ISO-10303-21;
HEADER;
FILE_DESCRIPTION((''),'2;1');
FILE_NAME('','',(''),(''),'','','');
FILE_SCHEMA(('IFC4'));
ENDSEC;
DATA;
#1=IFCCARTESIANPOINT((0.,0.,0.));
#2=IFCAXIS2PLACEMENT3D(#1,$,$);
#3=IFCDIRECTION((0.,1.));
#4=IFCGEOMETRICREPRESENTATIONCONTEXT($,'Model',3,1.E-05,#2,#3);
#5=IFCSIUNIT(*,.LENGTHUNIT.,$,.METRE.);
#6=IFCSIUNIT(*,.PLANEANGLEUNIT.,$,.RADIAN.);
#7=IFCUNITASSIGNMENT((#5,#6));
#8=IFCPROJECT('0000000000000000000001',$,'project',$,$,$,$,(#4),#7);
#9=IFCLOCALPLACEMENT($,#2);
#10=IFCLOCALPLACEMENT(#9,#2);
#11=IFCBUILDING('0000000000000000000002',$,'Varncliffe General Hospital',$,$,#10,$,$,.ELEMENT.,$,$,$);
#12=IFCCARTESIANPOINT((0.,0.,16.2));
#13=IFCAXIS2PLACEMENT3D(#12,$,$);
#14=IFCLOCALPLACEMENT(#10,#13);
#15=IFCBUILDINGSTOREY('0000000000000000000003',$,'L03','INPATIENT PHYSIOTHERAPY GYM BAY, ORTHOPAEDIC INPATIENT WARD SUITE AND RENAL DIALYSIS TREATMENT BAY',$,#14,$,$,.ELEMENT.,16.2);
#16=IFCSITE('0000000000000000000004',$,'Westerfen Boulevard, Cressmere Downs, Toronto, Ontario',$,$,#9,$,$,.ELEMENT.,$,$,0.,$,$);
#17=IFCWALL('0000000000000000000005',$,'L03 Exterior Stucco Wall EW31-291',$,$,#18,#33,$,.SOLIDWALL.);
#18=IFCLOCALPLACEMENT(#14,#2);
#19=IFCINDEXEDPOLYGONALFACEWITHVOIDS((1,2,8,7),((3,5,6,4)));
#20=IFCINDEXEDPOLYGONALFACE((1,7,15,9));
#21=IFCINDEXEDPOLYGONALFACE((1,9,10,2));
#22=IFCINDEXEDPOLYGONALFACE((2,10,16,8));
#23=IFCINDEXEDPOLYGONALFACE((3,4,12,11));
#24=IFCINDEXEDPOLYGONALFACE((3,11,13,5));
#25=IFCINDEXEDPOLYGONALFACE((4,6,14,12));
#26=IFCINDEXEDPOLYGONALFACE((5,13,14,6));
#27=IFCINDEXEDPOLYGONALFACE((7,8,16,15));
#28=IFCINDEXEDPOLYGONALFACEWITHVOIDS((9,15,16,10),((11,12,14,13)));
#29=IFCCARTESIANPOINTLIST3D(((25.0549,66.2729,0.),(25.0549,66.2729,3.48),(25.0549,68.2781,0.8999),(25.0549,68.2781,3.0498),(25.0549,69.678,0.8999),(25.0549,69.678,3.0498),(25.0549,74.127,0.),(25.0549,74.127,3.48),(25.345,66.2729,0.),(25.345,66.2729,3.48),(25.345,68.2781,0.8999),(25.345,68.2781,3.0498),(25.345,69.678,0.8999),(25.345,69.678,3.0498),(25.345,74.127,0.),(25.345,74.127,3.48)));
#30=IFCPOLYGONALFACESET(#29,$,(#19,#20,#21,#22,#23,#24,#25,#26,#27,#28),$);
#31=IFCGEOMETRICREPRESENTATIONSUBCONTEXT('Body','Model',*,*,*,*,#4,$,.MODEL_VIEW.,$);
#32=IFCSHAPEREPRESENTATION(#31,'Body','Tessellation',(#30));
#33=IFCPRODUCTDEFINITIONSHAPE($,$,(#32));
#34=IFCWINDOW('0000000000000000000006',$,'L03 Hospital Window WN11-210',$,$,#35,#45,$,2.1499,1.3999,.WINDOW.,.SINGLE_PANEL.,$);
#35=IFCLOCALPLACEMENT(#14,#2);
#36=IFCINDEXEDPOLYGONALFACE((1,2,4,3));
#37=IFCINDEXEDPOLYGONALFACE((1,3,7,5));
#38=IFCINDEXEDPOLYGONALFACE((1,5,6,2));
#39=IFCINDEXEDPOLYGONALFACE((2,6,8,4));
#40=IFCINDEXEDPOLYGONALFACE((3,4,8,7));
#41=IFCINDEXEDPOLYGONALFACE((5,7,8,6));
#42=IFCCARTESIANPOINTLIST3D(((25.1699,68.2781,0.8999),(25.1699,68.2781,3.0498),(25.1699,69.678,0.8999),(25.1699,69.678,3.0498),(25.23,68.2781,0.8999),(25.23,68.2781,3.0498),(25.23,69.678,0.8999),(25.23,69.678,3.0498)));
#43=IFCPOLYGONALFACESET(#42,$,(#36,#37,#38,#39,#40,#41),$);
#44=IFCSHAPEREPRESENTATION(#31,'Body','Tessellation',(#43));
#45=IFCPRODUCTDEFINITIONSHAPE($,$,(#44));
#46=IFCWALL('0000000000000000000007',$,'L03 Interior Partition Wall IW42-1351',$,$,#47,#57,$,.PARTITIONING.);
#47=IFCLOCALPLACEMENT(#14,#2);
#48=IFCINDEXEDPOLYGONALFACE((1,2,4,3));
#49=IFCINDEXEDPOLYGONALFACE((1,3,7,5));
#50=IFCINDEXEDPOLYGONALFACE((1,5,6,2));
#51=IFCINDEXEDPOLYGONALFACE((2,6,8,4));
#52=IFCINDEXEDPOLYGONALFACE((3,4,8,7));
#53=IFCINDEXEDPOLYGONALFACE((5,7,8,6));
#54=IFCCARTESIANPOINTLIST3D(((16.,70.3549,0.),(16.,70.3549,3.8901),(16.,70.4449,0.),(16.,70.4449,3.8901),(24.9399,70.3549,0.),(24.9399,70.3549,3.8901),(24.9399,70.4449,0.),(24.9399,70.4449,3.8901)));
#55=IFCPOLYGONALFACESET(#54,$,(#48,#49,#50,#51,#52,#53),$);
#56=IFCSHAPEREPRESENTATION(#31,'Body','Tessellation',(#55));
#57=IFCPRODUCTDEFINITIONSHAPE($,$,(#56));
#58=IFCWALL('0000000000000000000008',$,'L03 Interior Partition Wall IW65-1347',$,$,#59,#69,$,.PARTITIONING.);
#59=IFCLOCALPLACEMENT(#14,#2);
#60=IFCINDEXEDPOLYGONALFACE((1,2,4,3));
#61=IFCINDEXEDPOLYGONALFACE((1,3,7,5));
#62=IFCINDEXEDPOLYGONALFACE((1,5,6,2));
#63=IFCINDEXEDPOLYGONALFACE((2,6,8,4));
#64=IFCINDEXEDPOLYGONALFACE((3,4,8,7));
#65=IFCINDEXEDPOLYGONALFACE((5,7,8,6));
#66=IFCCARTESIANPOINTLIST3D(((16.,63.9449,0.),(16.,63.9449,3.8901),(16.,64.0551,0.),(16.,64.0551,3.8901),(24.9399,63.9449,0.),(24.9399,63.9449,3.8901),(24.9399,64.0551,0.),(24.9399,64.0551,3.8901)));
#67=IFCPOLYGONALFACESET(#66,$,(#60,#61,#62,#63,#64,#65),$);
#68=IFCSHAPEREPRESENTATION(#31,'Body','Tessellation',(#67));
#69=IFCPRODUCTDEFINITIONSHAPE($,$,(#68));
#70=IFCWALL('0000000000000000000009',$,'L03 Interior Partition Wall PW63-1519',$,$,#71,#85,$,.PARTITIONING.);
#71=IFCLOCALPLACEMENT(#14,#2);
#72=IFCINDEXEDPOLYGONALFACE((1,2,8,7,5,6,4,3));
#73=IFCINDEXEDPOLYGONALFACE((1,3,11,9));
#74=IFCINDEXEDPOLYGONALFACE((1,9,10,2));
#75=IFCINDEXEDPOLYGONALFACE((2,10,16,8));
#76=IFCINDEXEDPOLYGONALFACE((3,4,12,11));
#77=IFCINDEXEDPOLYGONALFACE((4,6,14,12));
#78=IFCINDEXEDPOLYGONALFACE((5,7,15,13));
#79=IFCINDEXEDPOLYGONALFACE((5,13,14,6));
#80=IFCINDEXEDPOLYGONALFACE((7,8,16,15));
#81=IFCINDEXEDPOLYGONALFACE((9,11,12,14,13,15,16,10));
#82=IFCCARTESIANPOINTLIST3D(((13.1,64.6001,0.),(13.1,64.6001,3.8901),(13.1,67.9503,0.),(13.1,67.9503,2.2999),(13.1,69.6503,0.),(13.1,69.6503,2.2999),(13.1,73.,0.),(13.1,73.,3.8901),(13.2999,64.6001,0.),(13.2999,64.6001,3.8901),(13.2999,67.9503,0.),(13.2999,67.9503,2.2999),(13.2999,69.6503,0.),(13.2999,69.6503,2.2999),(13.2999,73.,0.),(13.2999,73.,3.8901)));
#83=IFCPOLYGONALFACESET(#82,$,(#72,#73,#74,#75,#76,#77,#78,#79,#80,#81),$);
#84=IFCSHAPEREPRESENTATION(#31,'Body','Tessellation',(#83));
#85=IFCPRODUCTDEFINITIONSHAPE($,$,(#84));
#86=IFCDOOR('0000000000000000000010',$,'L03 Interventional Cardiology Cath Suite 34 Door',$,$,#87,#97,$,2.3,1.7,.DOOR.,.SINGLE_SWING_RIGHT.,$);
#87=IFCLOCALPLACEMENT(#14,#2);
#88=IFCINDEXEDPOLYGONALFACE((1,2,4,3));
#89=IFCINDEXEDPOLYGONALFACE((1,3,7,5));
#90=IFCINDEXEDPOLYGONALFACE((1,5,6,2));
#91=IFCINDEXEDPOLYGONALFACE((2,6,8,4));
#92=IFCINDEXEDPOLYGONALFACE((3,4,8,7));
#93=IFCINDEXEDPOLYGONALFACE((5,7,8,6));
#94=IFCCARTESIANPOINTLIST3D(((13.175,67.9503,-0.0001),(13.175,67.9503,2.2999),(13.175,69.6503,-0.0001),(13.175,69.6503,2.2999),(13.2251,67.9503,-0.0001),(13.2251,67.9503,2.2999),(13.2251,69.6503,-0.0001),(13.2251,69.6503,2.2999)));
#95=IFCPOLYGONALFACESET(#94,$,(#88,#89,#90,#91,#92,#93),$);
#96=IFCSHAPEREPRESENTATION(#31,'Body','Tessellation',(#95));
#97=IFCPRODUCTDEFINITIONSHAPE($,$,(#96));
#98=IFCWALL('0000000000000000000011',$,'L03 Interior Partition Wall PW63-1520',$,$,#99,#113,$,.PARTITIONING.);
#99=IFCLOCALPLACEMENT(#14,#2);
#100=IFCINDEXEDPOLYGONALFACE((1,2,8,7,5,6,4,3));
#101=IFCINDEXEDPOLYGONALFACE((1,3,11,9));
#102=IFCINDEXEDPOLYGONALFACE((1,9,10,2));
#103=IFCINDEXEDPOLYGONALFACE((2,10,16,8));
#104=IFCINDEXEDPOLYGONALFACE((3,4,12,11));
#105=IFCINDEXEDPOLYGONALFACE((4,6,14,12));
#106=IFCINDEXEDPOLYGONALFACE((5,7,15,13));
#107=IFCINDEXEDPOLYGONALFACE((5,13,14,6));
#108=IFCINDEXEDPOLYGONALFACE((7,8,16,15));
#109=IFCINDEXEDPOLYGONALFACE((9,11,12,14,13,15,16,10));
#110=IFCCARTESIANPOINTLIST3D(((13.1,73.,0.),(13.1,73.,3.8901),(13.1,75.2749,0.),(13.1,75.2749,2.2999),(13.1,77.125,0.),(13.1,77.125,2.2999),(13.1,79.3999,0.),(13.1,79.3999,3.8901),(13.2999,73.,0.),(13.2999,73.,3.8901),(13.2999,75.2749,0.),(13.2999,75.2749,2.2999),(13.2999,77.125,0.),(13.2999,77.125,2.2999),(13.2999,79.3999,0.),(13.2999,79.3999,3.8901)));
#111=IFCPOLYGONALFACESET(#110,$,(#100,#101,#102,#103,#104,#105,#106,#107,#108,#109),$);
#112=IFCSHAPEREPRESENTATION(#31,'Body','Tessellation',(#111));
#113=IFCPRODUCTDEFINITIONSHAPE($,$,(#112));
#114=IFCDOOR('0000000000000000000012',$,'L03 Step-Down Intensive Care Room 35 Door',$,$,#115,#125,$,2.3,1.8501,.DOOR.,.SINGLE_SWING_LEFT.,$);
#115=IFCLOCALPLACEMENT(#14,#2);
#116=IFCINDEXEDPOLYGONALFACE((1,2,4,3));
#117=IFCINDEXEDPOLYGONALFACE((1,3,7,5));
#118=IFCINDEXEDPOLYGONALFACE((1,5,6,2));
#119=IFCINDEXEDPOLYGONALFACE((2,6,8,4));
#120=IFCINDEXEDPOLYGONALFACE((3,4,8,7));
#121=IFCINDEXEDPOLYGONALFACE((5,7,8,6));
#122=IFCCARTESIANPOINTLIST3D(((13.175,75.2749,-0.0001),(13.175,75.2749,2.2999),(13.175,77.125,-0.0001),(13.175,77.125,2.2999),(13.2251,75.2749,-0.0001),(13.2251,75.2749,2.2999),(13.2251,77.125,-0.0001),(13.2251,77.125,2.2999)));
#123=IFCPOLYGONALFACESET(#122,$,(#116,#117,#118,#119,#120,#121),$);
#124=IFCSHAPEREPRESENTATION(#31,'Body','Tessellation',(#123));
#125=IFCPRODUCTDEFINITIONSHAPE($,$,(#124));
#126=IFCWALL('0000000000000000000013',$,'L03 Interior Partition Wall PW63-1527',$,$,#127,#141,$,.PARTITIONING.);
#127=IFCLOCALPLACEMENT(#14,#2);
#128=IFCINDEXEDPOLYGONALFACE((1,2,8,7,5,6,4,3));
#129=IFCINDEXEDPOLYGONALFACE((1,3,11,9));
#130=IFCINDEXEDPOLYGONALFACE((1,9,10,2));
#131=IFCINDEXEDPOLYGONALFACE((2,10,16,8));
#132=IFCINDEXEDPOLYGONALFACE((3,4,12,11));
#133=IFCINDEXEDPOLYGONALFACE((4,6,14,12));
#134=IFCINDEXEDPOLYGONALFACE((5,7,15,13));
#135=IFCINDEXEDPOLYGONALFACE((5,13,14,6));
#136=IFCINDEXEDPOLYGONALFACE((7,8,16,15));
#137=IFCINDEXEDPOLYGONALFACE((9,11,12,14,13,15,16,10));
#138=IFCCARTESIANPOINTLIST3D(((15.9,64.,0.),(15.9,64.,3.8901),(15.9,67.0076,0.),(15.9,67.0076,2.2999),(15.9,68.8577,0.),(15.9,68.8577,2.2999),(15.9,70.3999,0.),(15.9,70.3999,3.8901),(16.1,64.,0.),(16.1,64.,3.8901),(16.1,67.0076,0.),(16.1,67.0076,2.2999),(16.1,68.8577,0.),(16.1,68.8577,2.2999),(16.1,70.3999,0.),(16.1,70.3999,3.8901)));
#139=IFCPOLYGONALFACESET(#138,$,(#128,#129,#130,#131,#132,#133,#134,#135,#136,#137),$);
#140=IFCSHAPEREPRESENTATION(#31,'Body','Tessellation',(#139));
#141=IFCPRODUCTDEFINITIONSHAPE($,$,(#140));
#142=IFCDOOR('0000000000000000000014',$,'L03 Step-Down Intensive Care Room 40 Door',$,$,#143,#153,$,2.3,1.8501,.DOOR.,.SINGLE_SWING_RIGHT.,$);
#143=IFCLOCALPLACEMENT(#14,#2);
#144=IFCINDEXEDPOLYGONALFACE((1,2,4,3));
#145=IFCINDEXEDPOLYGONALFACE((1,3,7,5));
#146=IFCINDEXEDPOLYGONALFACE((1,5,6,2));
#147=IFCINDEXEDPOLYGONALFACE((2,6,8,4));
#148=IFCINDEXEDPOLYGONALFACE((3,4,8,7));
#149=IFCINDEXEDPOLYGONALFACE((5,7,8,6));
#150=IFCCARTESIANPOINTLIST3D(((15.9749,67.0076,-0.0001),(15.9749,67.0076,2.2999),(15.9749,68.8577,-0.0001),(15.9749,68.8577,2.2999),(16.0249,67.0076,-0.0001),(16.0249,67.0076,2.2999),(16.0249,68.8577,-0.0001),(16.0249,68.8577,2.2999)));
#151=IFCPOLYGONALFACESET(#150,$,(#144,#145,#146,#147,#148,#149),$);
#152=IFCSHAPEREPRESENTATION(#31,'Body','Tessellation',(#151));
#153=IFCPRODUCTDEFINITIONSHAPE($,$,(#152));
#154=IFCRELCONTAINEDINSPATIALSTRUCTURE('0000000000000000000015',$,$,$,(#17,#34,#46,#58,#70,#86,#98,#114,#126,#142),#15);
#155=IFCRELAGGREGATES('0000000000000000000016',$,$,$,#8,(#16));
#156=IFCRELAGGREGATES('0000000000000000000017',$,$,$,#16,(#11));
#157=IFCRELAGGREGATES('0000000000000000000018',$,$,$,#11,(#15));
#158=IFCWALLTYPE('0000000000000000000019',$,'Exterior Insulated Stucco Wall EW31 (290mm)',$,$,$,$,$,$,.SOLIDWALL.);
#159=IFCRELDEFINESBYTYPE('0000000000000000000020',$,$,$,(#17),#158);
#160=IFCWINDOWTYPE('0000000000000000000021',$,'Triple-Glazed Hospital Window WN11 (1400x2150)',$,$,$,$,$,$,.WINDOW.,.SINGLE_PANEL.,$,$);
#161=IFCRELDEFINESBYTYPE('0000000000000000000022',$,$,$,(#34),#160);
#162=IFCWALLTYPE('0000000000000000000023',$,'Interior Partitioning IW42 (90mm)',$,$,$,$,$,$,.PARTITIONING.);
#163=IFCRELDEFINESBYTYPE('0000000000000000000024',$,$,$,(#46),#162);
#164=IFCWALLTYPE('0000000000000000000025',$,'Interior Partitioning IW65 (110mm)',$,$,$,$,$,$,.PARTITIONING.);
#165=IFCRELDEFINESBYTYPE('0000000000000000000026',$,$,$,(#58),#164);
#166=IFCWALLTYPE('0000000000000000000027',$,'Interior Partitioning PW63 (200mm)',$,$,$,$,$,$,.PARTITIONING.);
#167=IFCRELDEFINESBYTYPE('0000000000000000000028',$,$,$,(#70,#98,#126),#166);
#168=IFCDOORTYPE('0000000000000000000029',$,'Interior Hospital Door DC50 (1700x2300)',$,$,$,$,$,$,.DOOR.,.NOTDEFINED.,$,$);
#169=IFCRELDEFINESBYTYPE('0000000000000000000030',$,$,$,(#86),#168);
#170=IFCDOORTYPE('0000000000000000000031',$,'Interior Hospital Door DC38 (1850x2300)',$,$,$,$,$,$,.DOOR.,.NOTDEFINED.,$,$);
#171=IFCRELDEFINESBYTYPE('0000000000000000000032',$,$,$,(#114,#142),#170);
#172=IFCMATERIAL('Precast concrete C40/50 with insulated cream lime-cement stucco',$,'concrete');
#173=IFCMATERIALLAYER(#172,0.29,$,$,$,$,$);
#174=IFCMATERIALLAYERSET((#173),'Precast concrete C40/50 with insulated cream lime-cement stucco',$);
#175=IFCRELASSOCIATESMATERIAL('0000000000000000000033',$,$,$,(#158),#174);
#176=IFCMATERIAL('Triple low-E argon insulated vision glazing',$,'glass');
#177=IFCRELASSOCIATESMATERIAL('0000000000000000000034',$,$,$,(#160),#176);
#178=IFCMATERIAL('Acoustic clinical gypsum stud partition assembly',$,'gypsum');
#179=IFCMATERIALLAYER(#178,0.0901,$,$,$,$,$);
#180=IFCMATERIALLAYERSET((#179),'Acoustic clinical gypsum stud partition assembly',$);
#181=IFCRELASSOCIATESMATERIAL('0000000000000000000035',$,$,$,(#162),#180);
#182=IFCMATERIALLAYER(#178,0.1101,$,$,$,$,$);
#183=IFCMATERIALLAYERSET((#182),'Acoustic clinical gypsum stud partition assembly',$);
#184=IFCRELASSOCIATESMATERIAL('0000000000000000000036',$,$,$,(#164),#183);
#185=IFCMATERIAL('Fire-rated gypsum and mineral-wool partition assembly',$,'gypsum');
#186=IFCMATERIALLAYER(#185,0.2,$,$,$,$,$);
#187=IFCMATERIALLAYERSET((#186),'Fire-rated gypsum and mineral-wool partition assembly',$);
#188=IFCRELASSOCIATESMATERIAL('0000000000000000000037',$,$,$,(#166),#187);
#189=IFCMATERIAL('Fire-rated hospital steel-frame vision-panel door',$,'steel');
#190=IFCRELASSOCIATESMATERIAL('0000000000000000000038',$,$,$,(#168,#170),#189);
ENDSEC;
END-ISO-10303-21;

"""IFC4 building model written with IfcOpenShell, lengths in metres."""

from ifc_helpers import new_model, si_unit, direction, frame, frame_2d, origin, place, context, subcontext, project, spatial, rectangle, extrude, material, layer, layer_set, type_object, element, fill, save


model = new_model("IFC4")

# Units and contexts
model_context = context("Model", 3, precision=1e-05, world=origin(), true_north=direction((0.0, 1.0)))
body_context = subcontext(model_context, "Body", "Model", "MODEL_VIEW")
ifc_project = project(units=[si_unit("LENGTHUNIT", "METRE"), si_unit("PLANEANGLEUNIT", "RADIAN")], contexts=[model_context])

# Site, building, storey
site_placement = place(None, origin())
site = spatial("IfcSite", under=ifc_project, at=site_placement, Name="Westerfen Boulevard, Cressmere Downs, Toronto, Ontario", CompositionType="ELEMENT", RefElevation=0.0)
building_placement = place(site_placement, origin())
building = spatial("IfcBuilding", under=site, at=building_placement, Name="Varncliffe General Hospital", CompositionType="ELEMENT")
storey_placement = place(building_placement, frame((0.0, 0.0, 16.2)))
storey = spatial("IfcBuildingStorey", under=building, at=storey_placement, Name="L03", Description="INPATIENT PHYSIOTHERAPY GYM BAY, ORTHOPAEDIC INPATIENT WARD SUITE AND RENAL DIALYSIS TREATMENT BAY", CompositionType="ELEMENT", Elevation=16.2)

# Wall, opening, window
ifc_material_1 = material(Name="Precast concrete C40/50 with insulated cream lime-cement stucco", Category="concrete")
ifc_material_2 = material(Name="Triple low-E argon insulated vision glazing", Category="glass")
ifc_layer_1 = layer(ifc_material_1, 0.29)
ifc_layer_set_1 = layer_set([ifc_layer_1], Name="Precast concrete C40/50 with insulated cream lime-cement stucco")
wall_type_1 = type_object("IfcWallType", Name="Exterior Insulated Stucco Wall EW31 (290mm)", PredefinedType="SOLIDWALL", material=ifc_layer_set_1)
wall_1_placement = place(storey_placement, frame((25.2, 74.127, 0.0), z_axis=(0.0, 0.0, 1.0), x_axis=(0.0, -1.0, 0.0)))
wall_1 = element("IfcWall", 1, at=wall_1_placement, inside=storey, type_object=wall_type_1, Name="L03 Exterior Stucco Wall EW31-291", PredefinedType="SOLIDWALL", context=body_context, shape_type="SweptSolid", body=[
    extrude(rectangle(XDim=7.854, YDim=0.29, at=frame_2d((3.927, 0.0))), origin(), (0.0, 0.0, 1.0), 3.48),
])
opening_1_placement = place(wall_1_placement, frame((4.449, 0.0, 0.8999)))
opening_1 = element("IfcOpeningElement", 2, at=opening_1_placement, cuts=wall_1, PredefinedType="OPENING", context=body_context, shape_type="SweptSolid", body=[
    extrude(rectangle(XDim=1.3999, YDim=2.1499, at=frame_2d((0.7, 1.075))), frame((0.0, 0.155, 0.0), z_axis=(0.0, -1.0, 0.0), x_axis=(1.0, 0.0, 0.0)), (0.0, 0.0, 1.0), 0.3101),
])
window_type_1 = type_object("IfcWindowType", Name="Triple-Glazed Hospital Window WN11 (1400x2150)", PartitioningType="SINGLE_PANEL", PredefinedType="WINDOW", material=ifc_material_2)
window_1_placement = place(opening_1_placement, origin())
window_1 = element("IfcWindow", 3, at=window_1_placement, inside=storey, type_object=window_type_1, Name="L03 Hospital Window WN11-210", OverallHeight=2.1499, OverallWidth=1.3999, PartitioningType="SINGLE_PANEL", PredefinedType="WINDOW", context=body_context, shape_type="SweptSolid", body=[
    extrude(rectangle(XDim=1.3999, YDim=2.1499, at=frame_2d((0.7, 1.075))), frame((0.0, 0.03, 0.0), z_axis=(0.0, -1.0, 0.0), x_axis=(1.0, 0.0, 0.0)), (0.0, 0.0, 1.0), 0.0601),
])
fill(opening_1, window_1)

# Walls
ifc_material_3 = material(Name="Acoustic clinical gypsum stud partition assembly", Category="gypsum")
ifc_layer_2 = layer(ifc_material_3, 0.0901)
ifc_layer_set_2 = layer_set([ifc_layer_2], Name="Acoustic clinical gypsum stud partition assembly")
wall_type_2 = type_object("IfcWallType", Name="Interior Partitioning IW42 (90mm)", PredefinedType="PARTITIONING", material=ifc_layer_set_2)
wall_2_placement = place(storey_placement, frame((16.0, 70.3999, 0.0), z_axis=(0.0, 0.0, 1.0), x_axis=(1.0, 0.0, 0.0)))
element("IfcWall", 4, at=wall_2_placement, inside=storey, type_object=wall_type_2, Name="L03 Interior Partition Wall IW42-1351", PredefinedType="PARTITIONING", context=body_context, shape_type="SweptSolid", body=[
    extrude(rectangle(XDim=8.9399, YDim=0.0901, at=frame_2d((4.47, 0.0))), origin(), (0.0, 0.0, 1.0), 3.8901),
])
ifc_layer_3 = layer(ifc_material_3, 0.1101)
ifc_layer_set_3 = layer_set([ifc_layer_3], Name="Acoustic clinical gypsum stud partition assembly")
wall_type_3 = type_object("IfcWallType", Name="Interior Partitioning IW65 (110mm)", PredefinedType="PARTITIONING", material=ifc_layer_set_3)
wall_3_placement = place(storey_placement, frame((16.0, 64.0, 0.0), z_axis=(0.0, 0.0, 1.0), x_axis=(1.0, 0.0, 0.0)))
element("IfcWall", 5, at=wall_3_placement, inside=storey, type_object=wall_type_3, Name="L03 Interior Partition Wall IW65-1347", PredefinedType="PARTITIONING", context=body_context, shape_type="SweptSolid", body=[
    extrude(rectangle(XDim=8.9399, YDim=0.1101, at=frame_2d((4.47, 0.0))), origin(), (0.0, 0.0, 1.0), 3.8901),
])

# Walls, openings, doors
ifc_material_4 = material(Name="Fire-rated gypsum and mineral-wool partition assembly", Category="gypsum")
ifc_layer_4 = layer(ifc_material_4, 0.2)
ifc_layer_set_4 = layer_set([ifc_layer_4], Name="Fire-rated gypsum and mineral-wool partition assembly")
wall_type_4 = type_object("IfcWallType", Name="Interior Partitioning PW63 (200mm)", PredefinedType="PARTITIONING", material=ifc_layer_set_4)
wall_4_placement = place(storey_placement, frame((13.2, 64.6001, 0.0), z_axis=(0.0, 0.0, 1.0), x_axis=(0.0, 1.0, 0.0)))
wall_4 = element("IfcWall", 6, at=wall_4_placement, inside=storey, type_object=wall_type_4, Name="L03 Interior Partition Wall PW63-1519", PredefinedType="PARTITIONING", context=body_context, shape_type="SweptSolid", body=[
    extrude(rectangle(XDim=8.3999, YDim=0.2, at=frame_2d((4.2, 0.0))), origin(), (0.0, 0.0, 1.0), 3.8901),
])
opening_2_placement = place(wall_4_placement, frame((3.3501, 0.0, 0.0)))
opening_2 = element("IfcOpeningElement", 7, at=opening_2_placement, cuts=wall_4, PredefinedType="OPENING", context=body_context, shape_type="SweptSolid", body=[
    extrude(rectangle(XDim=1.7, YDim=2.3, at=frame_2d((0.8501, 1.1499))), frame((0.0, 0.1099, 0.0), z_axis=(0.0, -1.0, 0.0), x_axis=(1.0, 0.0, 0.0)), (0.0, 0.0, 1.0), 0.22),
])
ifc_material_5 = material(Name="Fire-rated hospital steel-frame vision-panel door", Category="steel")
door_type_1 = type_object("IfcDoorType", Name="Interior Hospital Door DC50 (1700x2300)", OperationType="NOTDEFINED", PredefinedType="DOOR", material=ifc_material_5)
door_1_placement = place(opening_2_placement, origin())
door_1 = element("IfcDoor", 8, at=door_1_placement, inside=storey, type_object=door_type_1, Name="L03 Interventional Cardiology Cath Suite 34 Door", OperationType="SINGLE_SWING_RIGHT", OverallHeight=2.3, OverallWidth=1.7, PredefinedType="DOOR", context=body_context, shape_type="SweptSolid", body=[
    extrude(rectangle(XDim=1.7, YDim=2.3, at=frame_2d((0.8501, 1.1499))), frame((0.0, 0.0249, 0.0), z_axis=(0.0, -1.0, 0.0), x_axis=(1.0, 0.0, 0.0)), (0.0, 0.0, 1.0), 0.05),
])
fill(opening_2, door_1)
wall_5_placement = place(storey_placement, frame((13.2, 73.0, 0.0), z_axis=(0.0, 0.0, 1.0), x_axis=(0.0, 1.0, 0.0)))
wall_5 = element("IfcWall", 9, at=wall_5_placement, inside=storey, type_object=wall_type_4, Name="L03 Interior Partition Wall PW63-1520", PredefinedType="PARTITIONING", context=body_context, shape_type="SweptSolid", body=[
    extrude(rectangle(XDim=6.3999, YDim=0.2, at=frame_2d((3.2, 0.0))), origin(), (0.0, 0.0, 1.0), 3.8901),
])
opening_3_placement = place(wall_5_placement, frame((2.2749, 0.0, 0.0)))
opening_3 = element("IfcOpeningElement", 10, at=opening_3_placement, cuts=wall_5, PredefinedType="OPENING", context=body_context, shape_type="SweptSolid", body=[
    extrude(rectangle(XDim=1.8501, YDim=2.3, at=frame_2d((0.925, 1.1499))), frame((0.0, 0.1099, 0.0), z_axis=(0.0, -1.0, 0.0), x_axis=(1.0, 0.0, 0.0)), (0.0, 0.0, 1.0), 0.22),
])
door_type_2 = type_object("IfcDoorType", Name="Interior Hospital Door DC38 (1850x2300)", OperationType="NOTDEFINED", PredefinedType="DOOR", material=ifc_material_5)
door_2_placement = place(opening_3_placement, origin())
door_2 = element("IfcDoor", 11, at=door_2_placement, inside=storey, type_object=door_type_2, Name="L03 Step-Down Intensive Care Room 35 Door", OperationType="SINGLE_SWING_LEFT", OverallHeight=2.3, OverallWidth=1.8501, PredefinedType="DOOR", context=body_context, shape_type="SweptSolid", body=[
    extrude(rectangle(XDim=1.8501, YDim=2.3, at=frame_2d((0.925, 1.1499))), frame((0.0, 0.0249, 0.0), z_axis=(0.0, -1.0, 0.0), x_axis=(1.0, 0.0, 0.0)), (0.0, 0.0, 1.0), 0.05),
])
fill(opening_3, door_2)
wall_6_placement = place(storey_placement, frame((16.0, 64.0, 0.0), z_axis=(0.0, 0.0, 1.0), x_axis=(0.0, 1.0, 0.0)))
wall_6 = element("IfcWall", 12, at=wall_6_placement, inside=storey, type_object=wall_type_4, Name="L03 Interior Partition Wall PW63-1527", PredefinedType="PARTITIONING", context=body_context, shape_type="SweptSolid", body=[
    extrude(rectangle(XDim=6.3999, YDim=0.2, at=frame_2d((3.2, 0.0))), origin(), (0.0, 0.0, 1.0), 3.8901),
])
opening_4_placement = place(wall_6_placement, frame((3.0076, 0.0, 0.0)))
opening_4 = element("IfcOpeningElement", 13, at=opening_4_placement, cuts=wall_6, PredefinedType="OPENING", context=body_context, shape_type="SweptSolid", body=[
    extrude(rectangle(XDim=1.8501, YDim=2.3, at=frame_2d((0.925, 1.1499))), frame((0.0, 0.1099, 0.0), z_axis=(0.0, -1.0, 0.0), x_axis=(1.0, 0.0, 0.0)), (0.0, 0.0, 1.0), 0.22),
])
door_3_placement = place(opening_4_placement, frame((1.8501, 0.0, 0.0), z_axis=(0.0, 0.0, 1.0), x_axis=(-1.0, 0.0, 0.0)))
door_3 = element("IfcDoor", 14, at=door_3_placement, inside=storey, type_object=door_type_2, Name="L03 Step-Down Intensive Care Room 40 Door", OperationType="SINGLE_SWING_RIGHT", OverallHeight=2.3, OverallWidth=1.8501, PredefinedType="DOOR", context=body_context, shape_type="SweptSolid", body=[
    extrude(rectangle(XDim=1.8501, YDim=2.3, at=frame_2d((0.925, 1.1499))), frame((0.0, 0.0249, 0.0), z_axis=(0.0, -1.0, 0.0), x_axis=(1.0, 0.0, 0.0)), (0.0, 0.0, 1.0), 0.05),
])
fill(opening_4, door_3)

save(model, "model.ifc")
